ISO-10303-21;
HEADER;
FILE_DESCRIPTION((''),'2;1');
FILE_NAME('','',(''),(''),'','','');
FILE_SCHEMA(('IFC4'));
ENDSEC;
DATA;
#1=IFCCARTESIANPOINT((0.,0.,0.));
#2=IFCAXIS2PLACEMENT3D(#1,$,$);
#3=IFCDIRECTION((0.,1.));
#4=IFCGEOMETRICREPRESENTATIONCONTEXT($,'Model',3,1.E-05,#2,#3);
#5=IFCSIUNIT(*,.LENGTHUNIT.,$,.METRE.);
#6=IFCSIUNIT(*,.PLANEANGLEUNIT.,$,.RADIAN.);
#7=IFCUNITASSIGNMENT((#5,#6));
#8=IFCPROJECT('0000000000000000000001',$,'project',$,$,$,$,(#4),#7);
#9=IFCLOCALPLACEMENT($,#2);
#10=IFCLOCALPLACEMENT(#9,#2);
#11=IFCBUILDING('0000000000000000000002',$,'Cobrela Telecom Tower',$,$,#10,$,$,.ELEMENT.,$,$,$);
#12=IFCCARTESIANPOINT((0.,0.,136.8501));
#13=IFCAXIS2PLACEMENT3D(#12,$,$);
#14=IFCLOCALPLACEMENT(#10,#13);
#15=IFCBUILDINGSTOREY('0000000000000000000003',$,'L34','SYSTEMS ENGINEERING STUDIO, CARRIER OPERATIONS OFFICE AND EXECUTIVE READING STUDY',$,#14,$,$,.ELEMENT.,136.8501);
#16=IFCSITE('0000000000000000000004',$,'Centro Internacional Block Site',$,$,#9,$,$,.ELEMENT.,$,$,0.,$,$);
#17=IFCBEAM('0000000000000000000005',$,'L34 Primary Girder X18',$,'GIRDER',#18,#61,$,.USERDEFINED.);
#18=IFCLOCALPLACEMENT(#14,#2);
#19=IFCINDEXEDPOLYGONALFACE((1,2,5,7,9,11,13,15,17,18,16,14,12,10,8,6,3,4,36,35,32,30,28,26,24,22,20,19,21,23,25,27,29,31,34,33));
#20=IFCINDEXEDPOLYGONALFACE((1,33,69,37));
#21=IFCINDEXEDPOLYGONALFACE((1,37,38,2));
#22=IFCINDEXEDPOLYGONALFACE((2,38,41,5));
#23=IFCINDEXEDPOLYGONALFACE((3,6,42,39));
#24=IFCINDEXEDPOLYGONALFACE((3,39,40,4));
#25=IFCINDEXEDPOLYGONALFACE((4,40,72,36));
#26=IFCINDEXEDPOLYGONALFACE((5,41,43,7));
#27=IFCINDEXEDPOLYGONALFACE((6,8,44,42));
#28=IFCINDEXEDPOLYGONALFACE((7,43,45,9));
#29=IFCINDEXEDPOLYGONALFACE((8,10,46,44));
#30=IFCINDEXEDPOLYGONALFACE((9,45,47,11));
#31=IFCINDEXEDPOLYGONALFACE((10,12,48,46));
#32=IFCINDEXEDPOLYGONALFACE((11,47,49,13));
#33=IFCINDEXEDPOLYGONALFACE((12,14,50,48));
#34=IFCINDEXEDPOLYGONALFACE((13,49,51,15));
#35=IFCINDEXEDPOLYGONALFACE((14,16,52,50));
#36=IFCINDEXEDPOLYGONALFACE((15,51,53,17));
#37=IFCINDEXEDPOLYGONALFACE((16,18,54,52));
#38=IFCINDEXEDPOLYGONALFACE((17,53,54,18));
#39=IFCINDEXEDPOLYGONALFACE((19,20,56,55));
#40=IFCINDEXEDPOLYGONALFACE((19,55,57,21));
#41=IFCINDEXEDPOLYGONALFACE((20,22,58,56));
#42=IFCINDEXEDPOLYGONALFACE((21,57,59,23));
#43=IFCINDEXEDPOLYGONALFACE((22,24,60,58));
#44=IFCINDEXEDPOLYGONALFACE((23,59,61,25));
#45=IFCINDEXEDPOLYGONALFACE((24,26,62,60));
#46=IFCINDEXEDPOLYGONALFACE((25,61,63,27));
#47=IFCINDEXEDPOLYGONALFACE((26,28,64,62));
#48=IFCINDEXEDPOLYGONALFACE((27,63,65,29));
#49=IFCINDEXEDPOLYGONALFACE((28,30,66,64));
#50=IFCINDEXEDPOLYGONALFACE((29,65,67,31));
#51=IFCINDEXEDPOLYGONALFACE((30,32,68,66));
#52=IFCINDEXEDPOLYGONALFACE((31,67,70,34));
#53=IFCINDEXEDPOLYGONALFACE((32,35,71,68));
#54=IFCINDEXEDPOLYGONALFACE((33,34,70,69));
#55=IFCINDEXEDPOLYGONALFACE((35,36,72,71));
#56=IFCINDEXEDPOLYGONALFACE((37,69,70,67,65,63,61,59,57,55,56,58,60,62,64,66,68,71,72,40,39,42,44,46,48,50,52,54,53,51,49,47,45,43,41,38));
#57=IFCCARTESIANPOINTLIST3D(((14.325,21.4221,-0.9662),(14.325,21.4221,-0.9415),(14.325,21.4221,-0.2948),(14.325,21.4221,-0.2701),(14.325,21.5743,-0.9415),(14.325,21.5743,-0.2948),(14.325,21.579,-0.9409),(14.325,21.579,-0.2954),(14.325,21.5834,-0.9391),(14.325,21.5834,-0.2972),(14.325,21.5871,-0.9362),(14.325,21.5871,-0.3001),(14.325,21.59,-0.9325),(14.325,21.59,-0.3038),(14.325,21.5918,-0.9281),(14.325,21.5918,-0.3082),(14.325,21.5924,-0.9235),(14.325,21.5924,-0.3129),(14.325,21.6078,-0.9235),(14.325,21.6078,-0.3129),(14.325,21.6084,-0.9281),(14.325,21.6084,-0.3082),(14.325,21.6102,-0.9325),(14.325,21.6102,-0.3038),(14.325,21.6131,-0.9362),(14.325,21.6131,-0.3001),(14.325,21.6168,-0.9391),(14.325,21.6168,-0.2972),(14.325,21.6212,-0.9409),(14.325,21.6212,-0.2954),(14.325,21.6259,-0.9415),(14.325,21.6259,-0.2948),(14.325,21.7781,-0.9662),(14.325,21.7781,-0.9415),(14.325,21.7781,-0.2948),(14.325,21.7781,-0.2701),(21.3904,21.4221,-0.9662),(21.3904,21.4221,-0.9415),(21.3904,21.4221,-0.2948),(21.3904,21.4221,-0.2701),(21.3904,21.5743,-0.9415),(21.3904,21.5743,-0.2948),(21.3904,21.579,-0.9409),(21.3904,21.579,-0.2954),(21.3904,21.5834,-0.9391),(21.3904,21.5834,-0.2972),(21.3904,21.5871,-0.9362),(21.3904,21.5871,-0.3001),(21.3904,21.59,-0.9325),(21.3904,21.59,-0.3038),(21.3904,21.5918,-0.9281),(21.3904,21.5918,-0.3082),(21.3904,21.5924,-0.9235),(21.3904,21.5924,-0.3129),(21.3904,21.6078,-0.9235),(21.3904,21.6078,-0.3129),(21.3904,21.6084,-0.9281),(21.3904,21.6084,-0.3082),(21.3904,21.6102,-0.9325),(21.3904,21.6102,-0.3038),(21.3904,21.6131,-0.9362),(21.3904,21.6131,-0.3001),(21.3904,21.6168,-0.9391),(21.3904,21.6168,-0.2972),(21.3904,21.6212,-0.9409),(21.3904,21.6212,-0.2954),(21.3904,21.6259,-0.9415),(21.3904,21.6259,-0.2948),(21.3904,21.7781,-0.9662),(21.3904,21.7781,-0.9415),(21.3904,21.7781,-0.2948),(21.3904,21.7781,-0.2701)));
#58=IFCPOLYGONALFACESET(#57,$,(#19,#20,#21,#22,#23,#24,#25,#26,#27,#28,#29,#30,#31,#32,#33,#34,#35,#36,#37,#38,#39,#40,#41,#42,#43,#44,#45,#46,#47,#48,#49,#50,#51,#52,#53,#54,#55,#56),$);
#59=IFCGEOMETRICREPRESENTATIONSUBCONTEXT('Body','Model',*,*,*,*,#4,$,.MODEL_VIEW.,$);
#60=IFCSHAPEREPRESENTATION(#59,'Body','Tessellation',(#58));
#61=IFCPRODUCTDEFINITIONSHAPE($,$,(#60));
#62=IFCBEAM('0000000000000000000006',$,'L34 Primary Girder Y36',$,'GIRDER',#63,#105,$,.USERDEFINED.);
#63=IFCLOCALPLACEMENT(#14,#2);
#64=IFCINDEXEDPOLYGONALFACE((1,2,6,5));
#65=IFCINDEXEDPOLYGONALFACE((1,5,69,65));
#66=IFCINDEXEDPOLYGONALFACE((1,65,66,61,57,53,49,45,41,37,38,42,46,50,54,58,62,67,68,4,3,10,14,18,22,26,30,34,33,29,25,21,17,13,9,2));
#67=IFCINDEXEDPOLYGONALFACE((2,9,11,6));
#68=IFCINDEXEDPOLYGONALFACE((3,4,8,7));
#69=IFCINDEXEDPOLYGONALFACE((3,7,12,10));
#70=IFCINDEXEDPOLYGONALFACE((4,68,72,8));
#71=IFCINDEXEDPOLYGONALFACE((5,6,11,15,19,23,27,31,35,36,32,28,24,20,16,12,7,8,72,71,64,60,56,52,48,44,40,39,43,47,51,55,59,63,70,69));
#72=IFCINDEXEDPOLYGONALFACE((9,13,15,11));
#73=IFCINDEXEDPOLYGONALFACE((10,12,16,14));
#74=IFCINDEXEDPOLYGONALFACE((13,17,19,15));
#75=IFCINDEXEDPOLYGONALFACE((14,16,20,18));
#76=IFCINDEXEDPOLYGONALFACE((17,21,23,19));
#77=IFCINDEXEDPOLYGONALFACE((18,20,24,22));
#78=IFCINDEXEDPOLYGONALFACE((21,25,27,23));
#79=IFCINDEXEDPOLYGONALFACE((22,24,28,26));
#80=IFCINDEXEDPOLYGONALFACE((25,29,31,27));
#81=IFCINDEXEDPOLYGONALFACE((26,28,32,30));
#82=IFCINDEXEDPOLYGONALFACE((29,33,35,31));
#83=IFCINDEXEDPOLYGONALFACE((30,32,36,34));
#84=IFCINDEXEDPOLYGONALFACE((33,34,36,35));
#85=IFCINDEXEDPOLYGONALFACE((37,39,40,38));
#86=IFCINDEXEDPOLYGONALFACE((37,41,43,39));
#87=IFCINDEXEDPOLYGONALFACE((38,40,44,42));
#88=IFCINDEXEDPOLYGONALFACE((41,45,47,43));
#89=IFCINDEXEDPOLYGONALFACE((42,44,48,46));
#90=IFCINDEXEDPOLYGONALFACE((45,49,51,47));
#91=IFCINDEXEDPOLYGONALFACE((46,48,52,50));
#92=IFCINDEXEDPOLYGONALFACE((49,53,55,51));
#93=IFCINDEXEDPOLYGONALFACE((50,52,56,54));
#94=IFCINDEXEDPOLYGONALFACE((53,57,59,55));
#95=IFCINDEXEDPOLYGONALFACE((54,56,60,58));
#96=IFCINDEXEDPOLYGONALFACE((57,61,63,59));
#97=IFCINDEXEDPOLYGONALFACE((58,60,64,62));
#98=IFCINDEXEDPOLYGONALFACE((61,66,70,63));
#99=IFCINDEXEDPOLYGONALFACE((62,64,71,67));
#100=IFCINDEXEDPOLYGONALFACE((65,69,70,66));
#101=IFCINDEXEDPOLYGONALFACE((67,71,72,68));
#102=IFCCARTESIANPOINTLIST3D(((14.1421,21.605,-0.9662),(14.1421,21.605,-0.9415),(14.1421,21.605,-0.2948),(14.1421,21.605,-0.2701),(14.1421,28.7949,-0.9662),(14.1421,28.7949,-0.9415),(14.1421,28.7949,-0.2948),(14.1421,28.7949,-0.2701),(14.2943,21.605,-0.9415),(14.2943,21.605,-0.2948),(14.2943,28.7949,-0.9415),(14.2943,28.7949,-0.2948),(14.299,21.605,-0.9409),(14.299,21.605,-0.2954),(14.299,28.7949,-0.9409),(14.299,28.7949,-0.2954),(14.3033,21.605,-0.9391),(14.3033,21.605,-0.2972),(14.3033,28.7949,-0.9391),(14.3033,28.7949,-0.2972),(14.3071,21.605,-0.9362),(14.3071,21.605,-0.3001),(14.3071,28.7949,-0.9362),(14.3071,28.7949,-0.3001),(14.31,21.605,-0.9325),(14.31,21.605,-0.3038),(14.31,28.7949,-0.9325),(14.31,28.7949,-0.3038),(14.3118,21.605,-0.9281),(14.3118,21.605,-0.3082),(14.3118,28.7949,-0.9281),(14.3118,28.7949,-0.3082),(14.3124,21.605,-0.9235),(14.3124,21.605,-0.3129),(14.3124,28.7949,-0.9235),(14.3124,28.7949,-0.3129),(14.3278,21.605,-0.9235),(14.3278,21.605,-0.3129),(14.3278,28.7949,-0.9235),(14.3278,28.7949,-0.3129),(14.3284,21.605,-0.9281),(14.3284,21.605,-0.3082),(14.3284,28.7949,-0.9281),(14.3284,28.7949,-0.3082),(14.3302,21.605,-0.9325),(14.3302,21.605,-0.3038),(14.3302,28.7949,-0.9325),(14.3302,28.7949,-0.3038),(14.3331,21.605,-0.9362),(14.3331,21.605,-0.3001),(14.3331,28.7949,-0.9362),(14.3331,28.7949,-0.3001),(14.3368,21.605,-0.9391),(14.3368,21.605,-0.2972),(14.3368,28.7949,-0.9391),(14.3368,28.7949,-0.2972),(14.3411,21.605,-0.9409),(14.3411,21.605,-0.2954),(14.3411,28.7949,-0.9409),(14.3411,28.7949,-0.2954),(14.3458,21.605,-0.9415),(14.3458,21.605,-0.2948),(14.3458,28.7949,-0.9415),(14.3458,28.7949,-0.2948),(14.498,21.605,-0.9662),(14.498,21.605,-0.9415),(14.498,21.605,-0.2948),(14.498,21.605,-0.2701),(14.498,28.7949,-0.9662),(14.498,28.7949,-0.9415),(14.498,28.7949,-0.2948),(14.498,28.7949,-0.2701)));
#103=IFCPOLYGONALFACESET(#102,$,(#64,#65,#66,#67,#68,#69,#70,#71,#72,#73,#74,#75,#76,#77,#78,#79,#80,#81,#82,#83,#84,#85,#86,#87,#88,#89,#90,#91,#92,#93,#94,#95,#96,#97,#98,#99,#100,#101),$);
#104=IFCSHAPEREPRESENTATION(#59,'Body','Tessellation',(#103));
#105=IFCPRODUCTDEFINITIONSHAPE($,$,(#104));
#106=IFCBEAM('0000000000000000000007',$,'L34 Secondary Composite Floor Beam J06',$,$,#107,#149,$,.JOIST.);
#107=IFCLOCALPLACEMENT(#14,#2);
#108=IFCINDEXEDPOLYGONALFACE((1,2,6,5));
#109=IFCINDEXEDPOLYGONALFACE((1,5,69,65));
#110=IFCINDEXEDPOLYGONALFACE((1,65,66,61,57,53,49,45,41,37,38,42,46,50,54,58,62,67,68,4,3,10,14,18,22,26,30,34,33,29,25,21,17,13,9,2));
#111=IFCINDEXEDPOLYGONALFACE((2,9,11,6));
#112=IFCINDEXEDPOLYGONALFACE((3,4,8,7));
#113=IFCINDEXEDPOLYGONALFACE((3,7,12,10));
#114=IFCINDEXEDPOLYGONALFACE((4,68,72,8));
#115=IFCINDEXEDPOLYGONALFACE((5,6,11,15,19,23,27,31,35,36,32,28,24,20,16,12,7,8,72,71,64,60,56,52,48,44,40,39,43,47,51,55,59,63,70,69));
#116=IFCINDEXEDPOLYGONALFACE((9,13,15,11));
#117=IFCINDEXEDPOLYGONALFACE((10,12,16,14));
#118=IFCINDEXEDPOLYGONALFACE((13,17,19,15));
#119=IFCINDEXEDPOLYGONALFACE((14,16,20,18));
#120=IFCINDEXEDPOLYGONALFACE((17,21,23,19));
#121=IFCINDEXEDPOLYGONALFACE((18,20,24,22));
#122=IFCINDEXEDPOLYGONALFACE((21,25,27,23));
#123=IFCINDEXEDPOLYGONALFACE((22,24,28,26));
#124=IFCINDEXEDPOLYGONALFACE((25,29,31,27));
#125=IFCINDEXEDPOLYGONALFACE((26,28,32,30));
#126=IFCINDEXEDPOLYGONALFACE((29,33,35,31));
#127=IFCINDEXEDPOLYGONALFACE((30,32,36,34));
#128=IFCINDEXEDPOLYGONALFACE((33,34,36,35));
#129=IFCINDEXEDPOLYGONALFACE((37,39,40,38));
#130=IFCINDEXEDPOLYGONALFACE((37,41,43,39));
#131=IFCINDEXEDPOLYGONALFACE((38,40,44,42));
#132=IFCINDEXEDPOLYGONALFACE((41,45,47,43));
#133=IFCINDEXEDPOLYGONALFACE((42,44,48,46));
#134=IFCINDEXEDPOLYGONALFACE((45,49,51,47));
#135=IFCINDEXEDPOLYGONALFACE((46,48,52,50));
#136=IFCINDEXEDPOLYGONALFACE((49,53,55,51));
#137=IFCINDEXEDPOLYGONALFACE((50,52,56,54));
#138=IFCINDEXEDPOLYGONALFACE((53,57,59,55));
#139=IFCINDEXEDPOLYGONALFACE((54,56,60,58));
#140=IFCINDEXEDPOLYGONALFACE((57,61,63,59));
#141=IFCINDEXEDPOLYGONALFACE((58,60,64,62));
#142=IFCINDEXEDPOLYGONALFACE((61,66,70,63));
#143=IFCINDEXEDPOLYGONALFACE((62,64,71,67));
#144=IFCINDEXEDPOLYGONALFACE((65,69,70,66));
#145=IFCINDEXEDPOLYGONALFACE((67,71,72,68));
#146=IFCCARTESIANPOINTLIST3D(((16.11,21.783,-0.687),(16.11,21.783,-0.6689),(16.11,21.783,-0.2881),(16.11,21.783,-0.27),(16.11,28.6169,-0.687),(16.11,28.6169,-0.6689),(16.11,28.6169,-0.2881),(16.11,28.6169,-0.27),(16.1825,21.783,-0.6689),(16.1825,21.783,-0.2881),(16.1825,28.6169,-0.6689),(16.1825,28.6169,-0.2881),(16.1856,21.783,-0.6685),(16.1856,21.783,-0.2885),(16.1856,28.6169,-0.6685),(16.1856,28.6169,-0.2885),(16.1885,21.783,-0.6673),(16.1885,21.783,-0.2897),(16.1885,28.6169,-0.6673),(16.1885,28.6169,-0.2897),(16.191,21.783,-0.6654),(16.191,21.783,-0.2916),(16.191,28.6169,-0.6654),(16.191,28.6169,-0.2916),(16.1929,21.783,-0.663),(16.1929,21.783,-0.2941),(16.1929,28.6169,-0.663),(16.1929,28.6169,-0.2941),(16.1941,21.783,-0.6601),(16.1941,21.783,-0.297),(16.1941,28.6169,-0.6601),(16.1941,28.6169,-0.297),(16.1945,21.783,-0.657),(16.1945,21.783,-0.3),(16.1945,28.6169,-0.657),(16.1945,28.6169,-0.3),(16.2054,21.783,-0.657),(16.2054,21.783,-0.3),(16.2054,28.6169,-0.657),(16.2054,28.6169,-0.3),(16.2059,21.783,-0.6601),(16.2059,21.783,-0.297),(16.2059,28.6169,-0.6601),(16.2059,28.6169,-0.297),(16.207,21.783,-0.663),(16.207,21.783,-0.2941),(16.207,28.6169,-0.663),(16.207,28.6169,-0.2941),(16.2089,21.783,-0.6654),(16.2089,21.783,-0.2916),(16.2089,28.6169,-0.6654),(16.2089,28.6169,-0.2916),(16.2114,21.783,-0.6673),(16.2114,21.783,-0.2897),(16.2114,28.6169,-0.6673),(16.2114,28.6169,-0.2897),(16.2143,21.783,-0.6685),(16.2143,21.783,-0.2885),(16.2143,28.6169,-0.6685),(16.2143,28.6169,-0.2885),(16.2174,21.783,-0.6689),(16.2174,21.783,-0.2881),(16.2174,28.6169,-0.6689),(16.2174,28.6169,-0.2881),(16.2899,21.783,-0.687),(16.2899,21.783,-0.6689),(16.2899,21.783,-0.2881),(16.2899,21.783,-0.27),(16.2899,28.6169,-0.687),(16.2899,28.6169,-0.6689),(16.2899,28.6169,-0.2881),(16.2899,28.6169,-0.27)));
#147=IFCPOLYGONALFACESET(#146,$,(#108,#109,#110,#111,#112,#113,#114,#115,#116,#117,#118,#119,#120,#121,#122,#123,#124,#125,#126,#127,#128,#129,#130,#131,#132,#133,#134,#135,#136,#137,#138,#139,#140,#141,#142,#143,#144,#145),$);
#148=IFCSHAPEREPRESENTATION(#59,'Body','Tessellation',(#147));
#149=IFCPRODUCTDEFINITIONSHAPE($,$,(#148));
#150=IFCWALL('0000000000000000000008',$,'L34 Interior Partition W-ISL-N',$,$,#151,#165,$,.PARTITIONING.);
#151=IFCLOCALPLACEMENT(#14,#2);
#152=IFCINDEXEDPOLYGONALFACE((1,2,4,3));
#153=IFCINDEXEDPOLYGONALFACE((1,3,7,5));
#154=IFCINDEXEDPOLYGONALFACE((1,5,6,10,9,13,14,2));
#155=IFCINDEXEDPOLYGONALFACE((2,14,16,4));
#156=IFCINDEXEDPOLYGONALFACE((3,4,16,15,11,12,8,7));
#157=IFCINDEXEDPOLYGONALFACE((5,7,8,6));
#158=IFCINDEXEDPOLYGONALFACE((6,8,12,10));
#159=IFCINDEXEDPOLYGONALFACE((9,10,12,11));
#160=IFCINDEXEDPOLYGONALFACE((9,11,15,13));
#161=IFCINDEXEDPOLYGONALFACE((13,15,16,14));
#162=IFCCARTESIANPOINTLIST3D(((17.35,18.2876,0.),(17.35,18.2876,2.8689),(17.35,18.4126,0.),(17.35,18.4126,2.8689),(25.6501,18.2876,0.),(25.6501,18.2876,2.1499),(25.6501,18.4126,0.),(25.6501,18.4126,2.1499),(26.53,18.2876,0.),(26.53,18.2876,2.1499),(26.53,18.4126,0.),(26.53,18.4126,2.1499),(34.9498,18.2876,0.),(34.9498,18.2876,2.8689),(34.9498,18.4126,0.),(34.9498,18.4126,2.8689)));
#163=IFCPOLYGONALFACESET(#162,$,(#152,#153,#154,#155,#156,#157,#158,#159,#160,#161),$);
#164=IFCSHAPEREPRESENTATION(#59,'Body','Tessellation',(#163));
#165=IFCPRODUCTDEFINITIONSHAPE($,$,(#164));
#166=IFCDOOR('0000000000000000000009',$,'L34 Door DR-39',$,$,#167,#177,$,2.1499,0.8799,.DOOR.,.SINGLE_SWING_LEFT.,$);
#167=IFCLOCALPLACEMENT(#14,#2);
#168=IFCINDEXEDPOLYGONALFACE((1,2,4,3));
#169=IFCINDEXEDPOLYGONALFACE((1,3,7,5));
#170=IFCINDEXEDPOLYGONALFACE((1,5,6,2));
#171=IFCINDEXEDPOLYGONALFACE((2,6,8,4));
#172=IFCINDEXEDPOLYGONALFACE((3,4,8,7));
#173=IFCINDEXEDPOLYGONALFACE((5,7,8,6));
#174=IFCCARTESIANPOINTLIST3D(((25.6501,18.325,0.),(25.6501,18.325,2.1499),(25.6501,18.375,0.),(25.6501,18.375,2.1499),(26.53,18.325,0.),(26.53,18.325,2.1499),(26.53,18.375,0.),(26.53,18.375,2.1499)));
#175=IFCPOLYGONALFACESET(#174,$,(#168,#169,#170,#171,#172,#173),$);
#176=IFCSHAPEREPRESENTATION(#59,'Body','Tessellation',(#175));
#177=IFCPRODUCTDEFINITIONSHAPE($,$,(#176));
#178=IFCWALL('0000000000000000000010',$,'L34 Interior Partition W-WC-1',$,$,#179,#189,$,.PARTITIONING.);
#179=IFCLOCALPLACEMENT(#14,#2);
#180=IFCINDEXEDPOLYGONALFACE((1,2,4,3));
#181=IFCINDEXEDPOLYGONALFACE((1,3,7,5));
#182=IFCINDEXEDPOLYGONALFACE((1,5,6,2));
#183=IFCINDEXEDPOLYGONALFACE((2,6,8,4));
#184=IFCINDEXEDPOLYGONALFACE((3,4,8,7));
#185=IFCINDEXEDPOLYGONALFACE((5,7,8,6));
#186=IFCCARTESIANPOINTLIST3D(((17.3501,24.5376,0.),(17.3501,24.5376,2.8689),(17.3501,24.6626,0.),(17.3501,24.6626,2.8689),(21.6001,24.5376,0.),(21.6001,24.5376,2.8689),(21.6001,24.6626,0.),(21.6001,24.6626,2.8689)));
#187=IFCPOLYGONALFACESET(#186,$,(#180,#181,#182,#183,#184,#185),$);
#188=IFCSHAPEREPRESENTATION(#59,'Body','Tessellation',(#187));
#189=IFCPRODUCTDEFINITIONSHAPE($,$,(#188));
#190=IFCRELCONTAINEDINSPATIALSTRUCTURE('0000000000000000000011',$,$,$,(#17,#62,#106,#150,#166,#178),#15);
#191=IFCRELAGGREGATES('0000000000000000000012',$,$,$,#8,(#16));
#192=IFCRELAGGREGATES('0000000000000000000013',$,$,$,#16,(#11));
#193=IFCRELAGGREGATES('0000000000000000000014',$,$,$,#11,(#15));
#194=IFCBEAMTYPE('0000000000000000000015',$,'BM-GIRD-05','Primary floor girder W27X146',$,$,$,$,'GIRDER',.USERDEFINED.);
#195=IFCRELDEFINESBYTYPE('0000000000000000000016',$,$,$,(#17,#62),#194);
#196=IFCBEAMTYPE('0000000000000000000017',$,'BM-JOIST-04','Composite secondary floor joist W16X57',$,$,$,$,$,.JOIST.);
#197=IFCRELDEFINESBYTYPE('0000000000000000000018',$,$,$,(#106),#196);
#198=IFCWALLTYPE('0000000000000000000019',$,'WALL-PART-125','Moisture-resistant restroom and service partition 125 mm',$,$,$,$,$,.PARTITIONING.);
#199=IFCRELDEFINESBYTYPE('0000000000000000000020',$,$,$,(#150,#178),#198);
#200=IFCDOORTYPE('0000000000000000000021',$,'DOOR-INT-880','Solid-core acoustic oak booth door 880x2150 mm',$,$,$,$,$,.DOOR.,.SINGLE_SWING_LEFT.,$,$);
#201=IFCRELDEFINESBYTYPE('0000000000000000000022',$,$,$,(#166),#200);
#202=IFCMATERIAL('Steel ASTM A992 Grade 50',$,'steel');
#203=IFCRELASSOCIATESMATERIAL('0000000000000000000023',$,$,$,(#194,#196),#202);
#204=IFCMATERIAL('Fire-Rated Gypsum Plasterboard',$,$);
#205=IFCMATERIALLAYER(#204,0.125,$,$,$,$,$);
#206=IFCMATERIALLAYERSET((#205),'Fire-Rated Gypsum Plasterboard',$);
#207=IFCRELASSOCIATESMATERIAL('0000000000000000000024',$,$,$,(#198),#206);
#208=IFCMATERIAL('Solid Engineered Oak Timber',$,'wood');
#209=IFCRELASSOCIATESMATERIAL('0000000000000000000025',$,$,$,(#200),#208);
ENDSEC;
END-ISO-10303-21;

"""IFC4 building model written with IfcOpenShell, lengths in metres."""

from ifc_helpers import new_model, si_unit, direction, frame, frame_2d, origin, origin_2d, place, context, subcontext, project, spatial, rectangle, i_section, extrude, material, layer, layer_set, material_profile, profile_set, type_object, element, fill, save


model = new_model("IFC4")

# Units and contexts
model_context = context("Model", 3, precision=1e-05, world=origin(), true_north=direction((0.0, 1.0)))
body_context = subcontext(model_context, "Body", "Model", "MODEL_VIEW")
ifc_project = project(units=[si_unit("LENGTHUNIT", "METRE"), si_unit("PLANEANGLEUNIT", "RADIAN")], contexts=[model_context])

# Site, building, storey
site_placement = place(None, origin())
site = spatial("IfcSite", under=ifc_project, at=site_placement, Name="Centro Internacional Block Site", CompositionType="ELEMENT", RefElevation=0.0)
building_placement = place(site_placement, origin())
building = spatial("IfcBuilding", under=site, at=building_placement, Name="Cobrela Telecom Tower", CompositionType="ELEMENT")
storey_placement = place(building_placement, frame((0.0, 0.0, 136.8501)))
storey = spatial("IfcBuildingStorey", under=building, at=storey_placement, Name="L34", Description="SYSTEMS ENGINEERING STUDIO, CARRIER OPERATIONS OFFICE AND EXECUTIVE READING STUDY", CompositionType="ELEMENT", Elevation=136.8501)

# Beams
ifc_material_1 = material(Name="Steel ASTM A992 Grade 50", Category="steel")
ifc_material_profile_1 = material_profile(ifc_material_1, i_section(OverallWidth=0.356, OverallDepth=0.696, WebThickness=0.0154, FlangeThickness=0.0247, FilletRadius=0.0181, at=origin_2d()), Name="W27X146")
ifc_profile_set_1 = profile_set([ifc_material_profile_1], Name="Steel ASTM A992 Grade 50")
beam_type_1 = type_object("IfcBeamType", Name="BM-GIRD-05", Description="Primary floor girder W27X146", ElementType="GIRDER", PredefinedType="USERDEFINED", material=ifc_profile_set_1)
beam_1_placement = place(storey_placement, frame((14.325, 21.6001, -0.6182), z_axis=(1.0, 0.0, 0.0), x_axis=(0.0, 1.0, 0.0)))
element("IfcBeam", 1, at=beam_1_placement, inside=storey, type_object=beam_type_1, Name="L34 Primary Girder X18", ObjectType="GIRDER", PredefinedType="USERDEFINED", context=body_context, shape_type="SweptSolid", body=[
    extrude(i_section(OverallWidth=0.356, OverallDepth=0.696, WebThickness=0.0154, FlangeThickness=0.0247, FilletRadius=0.0181, at=origin_2d()), origin(), (0.0, 0.0, 1.0), 7.0654),
])
beam_2_placement = place(storey_placement, frame((14.3201, 21.605, -0.6182), z_axis=(0.0, 1.0, 0.0), x_axis=(-1.0, 0.0, 0.0)))
element("IfcBeam", 2, at=beam_2_placement, inside=storey, type_object=beam_type_1, Name="L34 Primary Girder Y36", ObjectType="GIRDER", PredefinedType="USERDEFINED", context=body_context, shape_type="SweptSolid", body=[
    extrude(i_section(OverallWidth=0.356, OverallDepth=0.696, WebThickness=0.0154, FlangeThickness=0.0247, FilletRadius=0.0181, at=origin_2d()), origin(), (0.0, 0.0, 1.0), 7.1899),
])
ifc_material_profile_2 = material_profile(ifc_material_1, i_section(OverallWidth=0.1799, OverallDepth=0.417, WebThickness=0.011, FlangeThickness=0.0181, FilletRadius=0.012, at=origin_2d()), Name="W16X57")
ifc_profile_set_2 = profile_set([ifc_material_profile_2], Name="Steel ASTM A992 Grade 50")
beam_type_2 = type_object("IfcBeamType", Name="BM-JOIST-04", Description="Composite secondary floor joist W16X57", PredefinedType="JOIST", material=ifc_profile_set_2)
beam_3_placement = place(storey_placement, frame((16.2, 21.783, -0.4785), z_axis=(0.0, 1.0, 0.0), x_axis=(-1.0, 0.0, 0.0)))
element("IfcBeam", 3, at=beam_3_placement, inside=storey, type_object=beam_type_2, Name="L34 Secondary Composite Floor Beam J06", PredefinedType="JOIST", context=body_context, shape_type="SweptSolid", body=[
    extrude(i_section(OverallWidth=0.1799, OverallDepth=0.417, WebThickness=0.011, FlangeThickness=0.0181, FilletRadius=0.012, at=origin_2d()), origin(), (0.0, 0.0, 1.0), 6.834),
])

# Wall, opening, door
ifc_material_2 = material(Name="Fire-Rated Gypsum Plasterboard")
ifc_layer_1 = layer(ifc_material_2, 0.125)
ifc_layer_set_1 = layer_set([ifc_layer_1], Name="Fire-Rated Gypsum Plasterboard")
wall_type_1 = type_object("IfcWallType", Name="WALL-PART-125", Description="Moisture-resistant restroom and service partition 125 mm", PredefinedType="PARTITIONING", material=ifc_layer_set_1)
wall_1_placement = place(storey_placement, frame((17.3501, 18.3501, 0.0), z_axis=(0.0, 0.0, 1.0), x_axis=(1.0, 0.0, 0.0)))
wall_1 = element("IfcWall", 4, at=wall_1_placement, inside=storey, type_object=wall_type_1, Name="L34 Interior Partition W-ISL-N", PredefinedType="PARTITIONING", context=body_context, shape_type="SweptSolid", body=[
    extrude(rectangle(XDim=17.5999, YDim=0.125, at=frame_2d((8.7998, 0.0))), origin(), (0.0, 0.0, 1.0), 2.8689),
])
opening_1_placement = place(wall_1_placement, frame((8.3, 0.0, 0.0)))
opening_1 = element("IfcOpeningElement", 5, at=opening_1_placement, cuts=wall_1, PredefinedType="OPENING", context=body_context, shape_type="SweptSolid", body=[
    extrude(rectangle(XDim=0.8799, YDim=2.1499, at=frame_2d((0.4399, 1.075))), frame((0.0, 0.0745, 0.0), z_axis=(0.0, -1.0, 0.0), x_axis=(1.0, 0.0, 0.0)), (0.0, 0.0, 1.0), 0.1489),
])
ifc_material_3 = material(Name="Solid Engineered Oak Timber", Category="wood")
door_type_1 = type_object("IfcDoorType", Name="DOOR-INT-880", Description="Solid-core acoustic oak booth door 880x2150 mm", OperationType="SINGLE_SWING_LEFT", PredefinedType="DOOR", material=ifc_material_3)
door_1_placement = place(opening_1_placement, origin())
door_1 = element("IfcDoor", 6, at=door_1_placement, inside=storey, type_object=door_type_1, Name="L34 Door DR-39", OperationType="SINGLE_SWING_LEFT", OverallHeight=2.1499, OverallWidth=0.8799, PredefinedType="DOOR", context=body_context, shape_type="SweptSolid", body=[
    extrude(rectangle(XDim=0.8799, YDim=2.1499, at=frame_2d((0.4399, 1.075))), frame((0.0, 0.0249, 0.0), z_axis=(0.0, -1.0, 0.0), x_axis=(1.0, 0.0, 0.0)), (0.0, 0.0, 1.0), 0.05),
])
fill(opening_1, door_1)

# Wall
wall_2_placement = place(storey_placement, frame((17.3501, 24.6001, 0.0), z_axis=(0.0, 0.0, 1.0), x_axis=(1.0, 0.0, 0.0)))
element("IfcWall", 7, at=wall_2_placement, inside=storey, type_object=wall_type_1, Name="L34 Interior Partition W-WC-1", PredefinedType="PARTITIONING", context=body_context, shape_type="SweptSolid", body=[
    extrude(rectangle(XDim=4.25, YDim=0.125, at=frame_2d((2.125, 0.0))), origin(), (0.0, 0.0, 1.0), 2.8689),
])

save(model, "model.ifc")
